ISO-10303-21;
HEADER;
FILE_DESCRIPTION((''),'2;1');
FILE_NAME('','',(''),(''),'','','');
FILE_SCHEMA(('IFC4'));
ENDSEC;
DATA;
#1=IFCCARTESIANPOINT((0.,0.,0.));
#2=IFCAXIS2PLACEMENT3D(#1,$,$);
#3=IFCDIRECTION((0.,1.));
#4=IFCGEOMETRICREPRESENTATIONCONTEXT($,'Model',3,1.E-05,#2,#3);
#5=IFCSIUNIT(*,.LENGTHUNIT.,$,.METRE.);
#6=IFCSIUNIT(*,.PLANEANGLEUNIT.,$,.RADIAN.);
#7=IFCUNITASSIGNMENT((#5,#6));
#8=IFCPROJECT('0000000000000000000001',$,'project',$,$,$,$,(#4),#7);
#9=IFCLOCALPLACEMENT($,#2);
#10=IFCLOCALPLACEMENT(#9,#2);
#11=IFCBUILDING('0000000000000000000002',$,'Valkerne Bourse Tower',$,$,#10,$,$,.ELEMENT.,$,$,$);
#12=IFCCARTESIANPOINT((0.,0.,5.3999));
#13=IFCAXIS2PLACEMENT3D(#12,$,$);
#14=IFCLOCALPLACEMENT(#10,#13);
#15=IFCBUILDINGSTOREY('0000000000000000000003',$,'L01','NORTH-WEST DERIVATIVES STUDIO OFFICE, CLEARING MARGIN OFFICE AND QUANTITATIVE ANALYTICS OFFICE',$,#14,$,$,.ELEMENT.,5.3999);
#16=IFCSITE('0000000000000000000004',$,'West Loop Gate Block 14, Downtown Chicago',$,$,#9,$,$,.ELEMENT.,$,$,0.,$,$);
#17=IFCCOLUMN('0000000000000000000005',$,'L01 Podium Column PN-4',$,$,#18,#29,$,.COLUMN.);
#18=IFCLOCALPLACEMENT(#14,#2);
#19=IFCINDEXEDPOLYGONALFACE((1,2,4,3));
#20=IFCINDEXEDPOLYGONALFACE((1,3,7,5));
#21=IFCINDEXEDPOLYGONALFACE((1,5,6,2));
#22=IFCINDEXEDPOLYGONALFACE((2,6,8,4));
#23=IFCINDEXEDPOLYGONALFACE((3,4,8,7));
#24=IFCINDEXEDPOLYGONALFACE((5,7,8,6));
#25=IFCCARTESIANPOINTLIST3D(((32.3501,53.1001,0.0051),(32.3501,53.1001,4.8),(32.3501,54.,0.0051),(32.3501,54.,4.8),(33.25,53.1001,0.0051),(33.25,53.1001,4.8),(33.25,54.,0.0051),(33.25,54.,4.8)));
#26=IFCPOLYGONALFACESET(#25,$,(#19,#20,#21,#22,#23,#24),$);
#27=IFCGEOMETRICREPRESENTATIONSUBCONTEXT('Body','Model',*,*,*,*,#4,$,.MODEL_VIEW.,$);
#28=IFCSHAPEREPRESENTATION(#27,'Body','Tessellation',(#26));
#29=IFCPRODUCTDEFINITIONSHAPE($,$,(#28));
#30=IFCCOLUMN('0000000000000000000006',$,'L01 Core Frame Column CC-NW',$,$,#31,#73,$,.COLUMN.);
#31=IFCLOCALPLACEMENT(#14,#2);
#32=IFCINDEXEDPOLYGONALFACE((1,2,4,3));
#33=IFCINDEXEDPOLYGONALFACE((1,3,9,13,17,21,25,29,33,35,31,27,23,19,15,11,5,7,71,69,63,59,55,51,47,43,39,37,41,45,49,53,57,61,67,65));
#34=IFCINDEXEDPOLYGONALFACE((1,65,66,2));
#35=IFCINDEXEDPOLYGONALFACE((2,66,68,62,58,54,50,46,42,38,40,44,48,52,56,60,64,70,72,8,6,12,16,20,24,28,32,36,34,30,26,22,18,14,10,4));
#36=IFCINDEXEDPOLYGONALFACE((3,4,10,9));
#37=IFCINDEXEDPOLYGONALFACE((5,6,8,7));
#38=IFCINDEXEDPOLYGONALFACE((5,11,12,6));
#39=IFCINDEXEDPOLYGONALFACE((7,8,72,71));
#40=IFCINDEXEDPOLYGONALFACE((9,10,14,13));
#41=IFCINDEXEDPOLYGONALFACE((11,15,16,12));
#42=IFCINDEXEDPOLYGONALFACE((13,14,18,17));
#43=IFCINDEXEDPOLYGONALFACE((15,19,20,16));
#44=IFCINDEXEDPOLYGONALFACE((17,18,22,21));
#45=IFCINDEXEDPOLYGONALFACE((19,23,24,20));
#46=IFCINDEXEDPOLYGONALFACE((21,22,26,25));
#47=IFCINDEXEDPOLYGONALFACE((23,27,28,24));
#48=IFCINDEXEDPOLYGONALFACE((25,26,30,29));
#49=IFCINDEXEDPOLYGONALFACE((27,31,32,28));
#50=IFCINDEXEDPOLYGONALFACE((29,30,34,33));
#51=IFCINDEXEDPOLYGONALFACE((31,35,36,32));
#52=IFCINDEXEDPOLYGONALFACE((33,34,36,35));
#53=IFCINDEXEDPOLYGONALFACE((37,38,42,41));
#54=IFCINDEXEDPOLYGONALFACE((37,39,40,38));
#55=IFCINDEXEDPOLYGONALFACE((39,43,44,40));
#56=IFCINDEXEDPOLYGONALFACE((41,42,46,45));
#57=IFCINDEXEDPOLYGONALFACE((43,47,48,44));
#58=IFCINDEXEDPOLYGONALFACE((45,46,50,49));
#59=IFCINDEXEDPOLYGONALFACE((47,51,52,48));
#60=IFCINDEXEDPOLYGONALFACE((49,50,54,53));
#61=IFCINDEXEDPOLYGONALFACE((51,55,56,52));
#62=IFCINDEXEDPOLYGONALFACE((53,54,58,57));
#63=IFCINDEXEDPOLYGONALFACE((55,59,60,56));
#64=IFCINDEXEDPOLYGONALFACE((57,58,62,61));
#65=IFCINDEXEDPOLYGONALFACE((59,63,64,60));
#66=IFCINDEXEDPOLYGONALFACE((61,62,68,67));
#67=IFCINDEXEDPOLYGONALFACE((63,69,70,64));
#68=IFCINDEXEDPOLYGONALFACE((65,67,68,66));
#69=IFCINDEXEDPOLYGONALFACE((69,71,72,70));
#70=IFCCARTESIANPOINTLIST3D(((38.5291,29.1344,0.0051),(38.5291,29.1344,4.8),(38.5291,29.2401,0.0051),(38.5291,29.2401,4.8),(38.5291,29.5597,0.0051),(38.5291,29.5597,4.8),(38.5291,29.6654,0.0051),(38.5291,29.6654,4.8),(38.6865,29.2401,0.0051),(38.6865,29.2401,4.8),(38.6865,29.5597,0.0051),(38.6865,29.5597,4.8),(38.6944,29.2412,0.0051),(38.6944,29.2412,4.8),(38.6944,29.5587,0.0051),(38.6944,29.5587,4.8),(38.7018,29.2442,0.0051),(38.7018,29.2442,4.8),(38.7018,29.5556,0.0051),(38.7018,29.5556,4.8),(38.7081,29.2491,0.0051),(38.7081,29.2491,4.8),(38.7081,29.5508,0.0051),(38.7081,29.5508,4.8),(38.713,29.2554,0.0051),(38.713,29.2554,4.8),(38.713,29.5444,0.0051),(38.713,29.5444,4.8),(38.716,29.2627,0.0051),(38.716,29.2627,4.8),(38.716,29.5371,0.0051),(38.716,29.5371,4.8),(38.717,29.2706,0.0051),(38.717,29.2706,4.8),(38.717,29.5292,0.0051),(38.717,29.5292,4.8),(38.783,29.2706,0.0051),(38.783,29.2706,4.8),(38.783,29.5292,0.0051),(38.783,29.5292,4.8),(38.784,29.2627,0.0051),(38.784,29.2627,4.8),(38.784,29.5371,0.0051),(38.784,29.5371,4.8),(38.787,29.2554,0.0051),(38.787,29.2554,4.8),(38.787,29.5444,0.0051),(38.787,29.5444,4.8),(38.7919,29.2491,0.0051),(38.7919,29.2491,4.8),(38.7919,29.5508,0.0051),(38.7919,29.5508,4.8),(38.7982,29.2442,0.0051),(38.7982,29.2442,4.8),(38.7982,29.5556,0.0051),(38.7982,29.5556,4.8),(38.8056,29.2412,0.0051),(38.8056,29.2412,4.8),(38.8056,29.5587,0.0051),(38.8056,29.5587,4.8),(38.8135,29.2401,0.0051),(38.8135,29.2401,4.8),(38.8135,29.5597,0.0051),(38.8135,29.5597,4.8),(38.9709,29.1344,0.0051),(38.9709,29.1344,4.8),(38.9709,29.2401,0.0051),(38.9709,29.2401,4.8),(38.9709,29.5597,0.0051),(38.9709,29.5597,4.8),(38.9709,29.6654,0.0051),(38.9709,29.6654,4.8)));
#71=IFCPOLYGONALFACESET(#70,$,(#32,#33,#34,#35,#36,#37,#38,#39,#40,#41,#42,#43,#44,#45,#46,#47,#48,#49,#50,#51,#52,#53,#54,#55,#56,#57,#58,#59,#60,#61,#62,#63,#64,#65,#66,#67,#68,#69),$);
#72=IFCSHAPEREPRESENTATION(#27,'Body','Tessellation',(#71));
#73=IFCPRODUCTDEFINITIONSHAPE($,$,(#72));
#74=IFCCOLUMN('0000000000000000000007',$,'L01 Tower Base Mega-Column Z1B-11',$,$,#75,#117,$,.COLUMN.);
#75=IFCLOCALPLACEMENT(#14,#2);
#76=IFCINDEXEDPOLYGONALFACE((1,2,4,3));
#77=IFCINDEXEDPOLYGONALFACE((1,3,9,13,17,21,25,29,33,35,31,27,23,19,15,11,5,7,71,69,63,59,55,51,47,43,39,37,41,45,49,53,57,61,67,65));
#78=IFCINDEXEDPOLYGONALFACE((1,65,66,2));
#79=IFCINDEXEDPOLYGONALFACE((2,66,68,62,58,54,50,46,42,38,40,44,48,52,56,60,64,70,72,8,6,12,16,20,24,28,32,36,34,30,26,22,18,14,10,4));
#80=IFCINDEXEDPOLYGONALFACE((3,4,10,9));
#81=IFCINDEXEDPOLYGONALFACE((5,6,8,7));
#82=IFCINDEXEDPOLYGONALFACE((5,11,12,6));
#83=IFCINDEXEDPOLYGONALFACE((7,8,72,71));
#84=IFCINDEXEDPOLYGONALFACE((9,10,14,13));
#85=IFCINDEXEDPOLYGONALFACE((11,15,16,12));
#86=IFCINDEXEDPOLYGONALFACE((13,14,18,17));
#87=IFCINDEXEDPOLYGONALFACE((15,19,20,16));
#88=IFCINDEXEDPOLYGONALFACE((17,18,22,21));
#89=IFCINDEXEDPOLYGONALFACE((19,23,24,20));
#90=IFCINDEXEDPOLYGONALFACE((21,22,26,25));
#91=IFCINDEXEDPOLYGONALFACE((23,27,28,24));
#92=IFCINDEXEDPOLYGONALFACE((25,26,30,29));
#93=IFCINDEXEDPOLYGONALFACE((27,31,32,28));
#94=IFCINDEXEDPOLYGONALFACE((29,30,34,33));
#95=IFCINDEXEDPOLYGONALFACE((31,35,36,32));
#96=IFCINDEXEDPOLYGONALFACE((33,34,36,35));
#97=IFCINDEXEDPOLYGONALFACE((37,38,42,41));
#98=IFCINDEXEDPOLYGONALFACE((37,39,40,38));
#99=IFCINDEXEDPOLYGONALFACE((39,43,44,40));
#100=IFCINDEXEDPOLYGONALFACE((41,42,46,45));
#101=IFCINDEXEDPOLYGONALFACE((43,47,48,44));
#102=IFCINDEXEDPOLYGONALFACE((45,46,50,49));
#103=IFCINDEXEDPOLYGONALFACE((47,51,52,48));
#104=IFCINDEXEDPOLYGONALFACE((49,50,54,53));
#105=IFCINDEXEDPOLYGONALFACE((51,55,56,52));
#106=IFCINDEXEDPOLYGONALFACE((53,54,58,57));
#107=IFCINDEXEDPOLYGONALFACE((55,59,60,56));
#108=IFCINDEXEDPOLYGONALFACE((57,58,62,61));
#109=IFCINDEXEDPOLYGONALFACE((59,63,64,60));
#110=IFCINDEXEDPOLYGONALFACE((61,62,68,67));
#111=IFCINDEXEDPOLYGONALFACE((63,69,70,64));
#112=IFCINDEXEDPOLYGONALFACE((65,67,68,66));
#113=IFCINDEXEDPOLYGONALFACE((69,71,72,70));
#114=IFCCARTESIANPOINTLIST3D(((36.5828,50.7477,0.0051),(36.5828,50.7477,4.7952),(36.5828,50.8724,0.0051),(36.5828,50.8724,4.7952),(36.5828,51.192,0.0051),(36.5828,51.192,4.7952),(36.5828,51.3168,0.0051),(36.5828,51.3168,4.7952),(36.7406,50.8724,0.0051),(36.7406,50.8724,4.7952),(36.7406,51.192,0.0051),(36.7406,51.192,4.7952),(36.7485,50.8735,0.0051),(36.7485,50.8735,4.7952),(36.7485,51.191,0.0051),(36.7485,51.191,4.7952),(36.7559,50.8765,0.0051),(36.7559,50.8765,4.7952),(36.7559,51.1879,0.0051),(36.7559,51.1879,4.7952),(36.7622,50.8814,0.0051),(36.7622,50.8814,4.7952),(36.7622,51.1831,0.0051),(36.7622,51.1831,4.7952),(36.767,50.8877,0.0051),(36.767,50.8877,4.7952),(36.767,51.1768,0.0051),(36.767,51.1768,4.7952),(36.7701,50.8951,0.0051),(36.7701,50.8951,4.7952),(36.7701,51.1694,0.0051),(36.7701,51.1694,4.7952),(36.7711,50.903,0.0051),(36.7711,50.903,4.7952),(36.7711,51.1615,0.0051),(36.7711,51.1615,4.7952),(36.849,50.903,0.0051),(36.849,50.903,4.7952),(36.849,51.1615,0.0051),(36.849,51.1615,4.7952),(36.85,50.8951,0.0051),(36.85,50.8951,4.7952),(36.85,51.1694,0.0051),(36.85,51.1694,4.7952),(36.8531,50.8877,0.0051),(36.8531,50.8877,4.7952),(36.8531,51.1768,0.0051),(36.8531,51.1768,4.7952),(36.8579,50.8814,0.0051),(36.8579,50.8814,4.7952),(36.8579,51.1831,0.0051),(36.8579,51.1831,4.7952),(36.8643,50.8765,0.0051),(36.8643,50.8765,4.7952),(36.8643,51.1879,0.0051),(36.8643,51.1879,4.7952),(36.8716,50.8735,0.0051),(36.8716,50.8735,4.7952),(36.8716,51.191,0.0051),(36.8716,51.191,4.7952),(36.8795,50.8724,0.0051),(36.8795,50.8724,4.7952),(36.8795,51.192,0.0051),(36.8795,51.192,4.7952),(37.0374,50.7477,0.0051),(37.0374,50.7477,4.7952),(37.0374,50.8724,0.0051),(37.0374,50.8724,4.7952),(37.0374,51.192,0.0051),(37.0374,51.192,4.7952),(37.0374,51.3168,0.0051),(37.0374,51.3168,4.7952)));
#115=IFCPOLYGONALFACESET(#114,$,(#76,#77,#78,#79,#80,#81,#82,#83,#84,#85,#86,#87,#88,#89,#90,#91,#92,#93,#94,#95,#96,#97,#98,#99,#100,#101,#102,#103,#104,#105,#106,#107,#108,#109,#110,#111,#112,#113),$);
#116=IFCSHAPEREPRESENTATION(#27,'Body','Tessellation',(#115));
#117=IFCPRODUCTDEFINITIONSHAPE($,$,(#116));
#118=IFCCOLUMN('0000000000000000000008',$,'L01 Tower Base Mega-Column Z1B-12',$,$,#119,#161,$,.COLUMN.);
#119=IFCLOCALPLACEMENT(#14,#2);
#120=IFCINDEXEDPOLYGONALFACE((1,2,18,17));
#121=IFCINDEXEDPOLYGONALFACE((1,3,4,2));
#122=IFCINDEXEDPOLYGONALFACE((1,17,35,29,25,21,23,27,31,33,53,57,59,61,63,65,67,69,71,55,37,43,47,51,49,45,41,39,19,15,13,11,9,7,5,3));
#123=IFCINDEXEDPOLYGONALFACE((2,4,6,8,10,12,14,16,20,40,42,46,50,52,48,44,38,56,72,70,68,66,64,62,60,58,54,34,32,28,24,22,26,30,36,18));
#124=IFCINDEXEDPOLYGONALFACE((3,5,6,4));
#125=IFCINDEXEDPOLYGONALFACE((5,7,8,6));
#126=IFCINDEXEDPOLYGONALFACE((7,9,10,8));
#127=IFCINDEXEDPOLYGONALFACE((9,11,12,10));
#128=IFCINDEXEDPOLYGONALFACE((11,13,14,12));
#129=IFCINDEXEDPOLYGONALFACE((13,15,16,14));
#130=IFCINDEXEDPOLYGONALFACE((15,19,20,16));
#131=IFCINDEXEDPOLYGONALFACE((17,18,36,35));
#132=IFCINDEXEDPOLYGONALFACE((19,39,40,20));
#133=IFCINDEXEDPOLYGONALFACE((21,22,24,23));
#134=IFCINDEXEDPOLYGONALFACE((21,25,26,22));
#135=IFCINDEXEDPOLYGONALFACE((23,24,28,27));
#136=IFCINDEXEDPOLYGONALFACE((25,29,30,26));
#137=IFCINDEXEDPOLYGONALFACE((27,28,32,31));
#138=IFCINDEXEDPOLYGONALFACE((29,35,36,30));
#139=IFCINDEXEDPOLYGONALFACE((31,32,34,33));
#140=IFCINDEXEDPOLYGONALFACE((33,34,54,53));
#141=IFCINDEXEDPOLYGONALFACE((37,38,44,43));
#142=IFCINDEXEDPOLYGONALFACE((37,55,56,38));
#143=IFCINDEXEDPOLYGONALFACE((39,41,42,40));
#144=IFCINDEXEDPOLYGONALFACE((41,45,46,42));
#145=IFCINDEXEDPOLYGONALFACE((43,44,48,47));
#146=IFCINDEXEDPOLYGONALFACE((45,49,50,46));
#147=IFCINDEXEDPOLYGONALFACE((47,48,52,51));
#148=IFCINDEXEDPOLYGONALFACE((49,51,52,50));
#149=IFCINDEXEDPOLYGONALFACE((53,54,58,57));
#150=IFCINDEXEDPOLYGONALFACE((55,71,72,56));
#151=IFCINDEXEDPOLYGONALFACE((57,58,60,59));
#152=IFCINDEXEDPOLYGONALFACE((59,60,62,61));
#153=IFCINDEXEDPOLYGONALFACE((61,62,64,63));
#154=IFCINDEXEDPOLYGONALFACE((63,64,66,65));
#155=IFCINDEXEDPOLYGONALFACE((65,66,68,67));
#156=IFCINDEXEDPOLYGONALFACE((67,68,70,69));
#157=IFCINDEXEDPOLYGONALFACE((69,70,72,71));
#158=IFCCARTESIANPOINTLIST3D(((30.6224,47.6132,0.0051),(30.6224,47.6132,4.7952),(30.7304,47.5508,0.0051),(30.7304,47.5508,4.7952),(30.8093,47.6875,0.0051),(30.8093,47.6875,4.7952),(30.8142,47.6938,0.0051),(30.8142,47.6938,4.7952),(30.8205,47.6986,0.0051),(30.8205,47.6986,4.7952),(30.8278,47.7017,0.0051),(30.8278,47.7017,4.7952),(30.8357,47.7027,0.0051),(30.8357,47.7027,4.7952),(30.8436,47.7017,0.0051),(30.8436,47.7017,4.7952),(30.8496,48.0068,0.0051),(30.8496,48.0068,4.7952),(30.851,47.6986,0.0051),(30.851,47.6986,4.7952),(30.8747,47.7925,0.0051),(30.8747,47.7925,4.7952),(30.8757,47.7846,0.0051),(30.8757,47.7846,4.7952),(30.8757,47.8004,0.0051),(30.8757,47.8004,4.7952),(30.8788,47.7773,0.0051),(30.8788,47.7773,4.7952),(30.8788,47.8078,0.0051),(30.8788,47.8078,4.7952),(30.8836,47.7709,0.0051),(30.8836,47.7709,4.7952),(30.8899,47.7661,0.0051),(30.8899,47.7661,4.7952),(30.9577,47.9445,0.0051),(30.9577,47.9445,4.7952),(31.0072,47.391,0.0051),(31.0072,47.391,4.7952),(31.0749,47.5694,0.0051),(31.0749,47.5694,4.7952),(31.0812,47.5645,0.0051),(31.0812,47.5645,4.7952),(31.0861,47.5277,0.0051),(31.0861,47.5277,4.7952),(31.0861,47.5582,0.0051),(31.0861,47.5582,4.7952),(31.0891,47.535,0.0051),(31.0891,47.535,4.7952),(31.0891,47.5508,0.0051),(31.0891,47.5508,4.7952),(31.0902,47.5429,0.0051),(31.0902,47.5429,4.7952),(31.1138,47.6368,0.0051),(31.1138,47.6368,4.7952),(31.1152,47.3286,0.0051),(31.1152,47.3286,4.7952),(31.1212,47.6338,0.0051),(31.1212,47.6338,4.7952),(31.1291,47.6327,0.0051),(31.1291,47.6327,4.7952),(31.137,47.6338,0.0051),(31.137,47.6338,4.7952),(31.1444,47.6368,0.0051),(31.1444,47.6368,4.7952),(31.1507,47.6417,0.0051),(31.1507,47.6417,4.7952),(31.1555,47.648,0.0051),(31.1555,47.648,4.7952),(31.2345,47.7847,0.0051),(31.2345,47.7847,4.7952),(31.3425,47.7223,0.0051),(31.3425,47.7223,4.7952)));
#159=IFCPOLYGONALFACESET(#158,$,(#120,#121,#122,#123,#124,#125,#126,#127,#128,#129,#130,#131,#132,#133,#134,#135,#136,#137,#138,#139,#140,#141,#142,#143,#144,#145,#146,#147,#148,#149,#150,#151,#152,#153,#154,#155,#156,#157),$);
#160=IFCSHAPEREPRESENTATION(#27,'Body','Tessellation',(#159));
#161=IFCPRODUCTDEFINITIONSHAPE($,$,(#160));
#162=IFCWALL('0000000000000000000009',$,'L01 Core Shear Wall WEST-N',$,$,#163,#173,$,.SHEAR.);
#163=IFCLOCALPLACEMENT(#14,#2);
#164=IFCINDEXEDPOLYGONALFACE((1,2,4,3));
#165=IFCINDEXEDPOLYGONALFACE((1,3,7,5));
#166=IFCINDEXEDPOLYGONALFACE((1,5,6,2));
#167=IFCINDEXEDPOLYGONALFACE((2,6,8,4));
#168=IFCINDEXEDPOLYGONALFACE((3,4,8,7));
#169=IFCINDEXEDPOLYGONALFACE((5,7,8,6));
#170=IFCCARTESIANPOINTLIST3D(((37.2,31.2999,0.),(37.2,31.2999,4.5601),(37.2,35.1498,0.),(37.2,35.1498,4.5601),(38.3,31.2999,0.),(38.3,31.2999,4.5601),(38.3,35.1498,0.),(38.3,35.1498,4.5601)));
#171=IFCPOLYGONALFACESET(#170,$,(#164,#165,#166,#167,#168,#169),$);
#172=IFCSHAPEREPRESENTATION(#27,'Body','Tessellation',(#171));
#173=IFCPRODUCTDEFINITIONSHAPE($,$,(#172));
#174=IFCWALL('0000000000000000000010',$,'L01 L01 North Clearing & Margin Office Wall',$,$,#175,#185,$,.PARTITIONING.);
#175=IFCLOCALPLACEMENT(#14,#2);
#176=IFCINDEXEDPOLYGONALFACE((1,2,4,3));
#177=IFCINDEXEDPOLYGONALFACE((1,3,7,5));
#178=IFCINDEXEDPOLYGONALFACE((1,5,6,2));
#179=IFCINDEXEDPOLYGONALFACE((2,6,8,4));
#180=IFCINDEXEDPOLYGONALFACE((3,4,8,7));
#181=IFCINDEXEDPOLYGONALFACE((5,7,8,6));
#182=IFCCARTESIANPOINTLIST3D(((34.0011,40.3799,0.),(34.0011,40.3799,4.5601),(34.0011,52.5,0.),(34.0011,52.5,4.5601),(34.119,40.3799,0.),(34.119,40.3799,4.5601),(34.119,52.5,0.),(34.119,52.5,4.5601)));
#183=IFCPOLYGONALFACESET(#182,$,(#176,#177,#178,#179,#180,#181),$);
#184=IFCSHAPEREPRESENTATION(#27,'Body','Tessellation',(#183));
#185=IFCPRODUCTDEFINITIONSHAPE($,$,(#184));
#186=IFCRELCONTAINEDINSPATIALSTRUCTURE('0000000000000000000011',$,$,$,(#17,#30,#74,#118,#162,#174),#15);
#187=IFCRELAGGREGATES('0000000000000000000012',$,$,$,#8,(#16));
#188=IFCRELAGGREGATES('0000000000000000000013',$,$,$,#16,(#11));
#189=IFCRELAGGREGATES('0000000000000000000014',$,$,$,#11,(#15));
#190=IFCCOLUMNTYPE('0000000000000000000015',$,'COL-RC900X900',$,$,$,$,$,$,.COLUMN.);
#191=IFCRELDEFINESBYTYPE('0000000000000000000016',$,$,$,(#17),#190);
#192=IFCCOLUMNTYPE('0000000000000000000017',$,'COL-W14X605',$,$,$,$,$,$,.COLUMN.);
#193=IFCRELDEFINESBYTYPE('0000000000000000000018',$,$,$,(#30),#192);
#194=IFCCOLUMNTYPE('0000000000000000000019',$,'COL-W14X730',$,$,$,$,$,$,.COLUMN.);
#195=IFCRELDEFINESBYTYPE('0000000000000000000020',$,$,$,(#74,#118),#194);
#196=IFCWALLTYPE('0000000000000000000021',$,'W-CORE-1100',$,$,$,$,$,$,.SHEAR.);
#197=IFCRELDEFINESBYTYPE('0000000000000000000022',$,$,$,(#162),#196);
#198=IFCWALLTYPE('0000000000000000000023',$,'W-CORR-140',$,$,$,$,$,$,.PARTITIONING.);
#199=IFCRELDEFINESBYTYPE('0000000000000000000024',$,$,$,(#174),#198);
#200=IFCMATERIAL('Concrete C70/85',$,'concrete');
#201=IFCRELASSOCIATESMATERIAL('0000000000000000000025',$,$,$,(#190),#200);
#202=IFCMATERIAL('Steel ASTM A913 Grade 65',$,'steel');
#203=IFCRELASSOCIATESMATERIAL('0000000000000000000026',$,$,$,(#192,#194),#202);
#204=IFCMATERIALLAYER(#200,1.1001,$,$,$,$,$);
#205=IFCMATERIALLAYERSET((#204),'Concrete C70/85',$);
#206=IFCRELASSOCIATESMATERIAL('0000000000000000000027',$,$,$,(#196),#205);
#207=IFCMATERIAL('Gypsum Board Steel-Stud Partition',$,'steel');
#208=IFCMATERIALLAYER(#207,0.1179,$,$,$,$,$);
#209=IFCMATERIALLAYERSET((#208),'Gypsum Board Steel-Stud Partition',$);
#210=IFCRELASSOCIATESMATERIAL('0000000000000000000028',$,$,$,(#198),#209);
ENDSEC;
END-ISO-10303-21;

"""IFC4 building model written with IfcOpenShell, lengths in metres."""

from ifc_helpers import new_model, si_unit, direction, frame, frame_2d, origin, origin_2d, place, context, subcontext, project, spatial, rectangle, i_section, extrude, material, layer, layer_set, material_profile, profile_set, type_object, element, save


model = new_model("IFC4")

# Units and contexts
model_context = context("Model", 3, precision=1e-05, world=origin(), true_north=direction((0.0, 1.0)))
body_context = subcontext(model_context, "Body", "Model", "MODEL_VIEW")
ifc_project = project(units=[si_unit("LENGTHUNIT", "METRE"), si_unit("PLANEANGLEUNIT", "RADIAN")], contexts=[model_context])

# Site, building, storey
site_placement = place(None, origin())
site = spatial("IfcSite", under=ifc_project, at=site_placement, Name="West Loop Gate Block 14, Downtown Chicago", CompositionType="ELEMENT", RefElevation=0.0)
building_placement = place(site_placement, origin())
building = spatial("IfcBuilding", under=site, at=building_placement, Name="Valkerne Bourse Tower", CompositionType="ELEMENT")
storey_placement = place(building_placement, frame((0.0, 0.0, 5.3999)))
storey = spatial("IfcBuildingStorey", under=building, at=storey_placement, Name="L01", Description="NORTH-WEST DERIVATIVES STUDIO OFFICE, CLEARING MARGIN OFFICE AND QUANTITATIVE ANALYTICS OFFICE", CompositionType="ELEMENT", Elevation=5.3999)

# Columns
ifc_material_1 = material(Name="Concrete C70/85", Category="concrete")
ifc_material_profile_1 = material_profile(ifc_material_1, rectangle(XDim=0.8999, YDim=0.8999, at=origin_2d()), Name="RC900X900")
ifc_profile_set_1 = profile_set([ifc_material_profile_1], Name="Concrete C70/85")
column_type_1 = type_object("IfcColumnType", Name="COL-RC900X900", PredefinedType="COLUMN", material=ifc_profile_set_1)
column_1_placement = place(storey_placement, frame((32.8, 53.55, 0.0051), z_axis=(0.0, 0.0, 1.0), x_axis=(1.0, 0.0, 0.0)))
element("IfcColumn", 1, at=column_1_placement, inside=storey, type_object=column_type_1, Name="L01 Podium Column PN-4", PredefinedType="COLUMN", context=body_context, shape_type="SweptSolid", body=[
    extrude(rectangle(XDim=0.8999, YDim=0.8999, at=origin_2d()), origin(), (0.0, 0.0, 1.0), 4.7949),
])
ifc_material_2 = material(Name="Steel ASTM A913 Grade 65", Category="steel")
ifc_material_profile_2 = material_profile(ifc_material_2, i_section(OverallWidth=0.4419, OverallDepth=0.531, WebThickness=0.0659, FlangeThickness=0.1057, FilletRadius=0.0305, at=origin_2d()), Name="W14X605")
ifc_profile_set_2 = profile_set([ifc_material_profile_2], Name="Steel ASTM A913 Grade 65")
column_type_2 = type_object("IfcColumnType", Name="COL-W14X605", PredefinedType="COLUMN", material=ifc_profile_set_2)
column_2_placement = place(storey_placement, frame((38.75, 29.3999, 0.0051), z_axis=(0.0, 0.0, 1.0), x_axis=(1.0, 0.0, 0.0)))
element("IfcColumn", 2, at=column_2_placement, inside=storey, type_object=column_type_2, Name="L01 Core Frame Column CC-NW", PredefinedType="COLUMN", context=body_context, shape_type="SweptSolid", body=[
    extrude(i_section(OverallWidth=0.4419, OverallDepth=0.531, WebThickness=0.0659, FlangeThickness=0.1057, FilletRadius=0.0305, at=origin_2d()), origin(), (0.0, 0.0, 1.0), 4.7949),
])
ifc_material_profile_3 = material_profile(ifc_material_2, i_section(OverallWidth=0.4546, OverallDepth=0.5691, WebThickness=0.0779, FlangeThickness=0.1248, FilletRadius=0.0305, at=origin_2d()), Name="W14X730")
ifc_profile_set_3 = profile_set([ifc_material_profile_3], Name="Steel ASTM A913 Grade 65")
column_type_3 = type_object("IfcColumnType", Name="COL-W14X730", PredefinedType="COLUMN", material=ifc_profile_set_3)
for number, where, z_axis, x_axis, name in (
    (3, (36.8101, 51.0322, 0.0051), (0.0, 0.0, 1.0), (-1.0, 0.0, 0.0), "L01 Tower Base Mega-Column Z1B-11"),
    (4, (30.9824, 47.6677, 0.0051), (0.0, 0.0, 1.0), (-0.5, -0.866025, 0.0), "L01 Tower Base Mega-Column Z1B-12"),
):
    element("IfcColumn", number, at=place(storey_placement, frame(where, z_axis=z_axis, x_axis=x_axis)), inside=storey, type_object=column_type_3, Name=name, PredefinedType="COLUMN", context=body_context, shape_type="SweptSolid", body=[
        extrude(i_section(OverallWidth=0.4546, OverallDepth=0.5691, WebThickness=0.0779, FlangeThickness=0.1248, FilletRadius=0.0305, at=origin_2d()), origin(), (0.0, 0.0, 1.0), 4.79),
    ])

# Shared definitions
ifc_layer_1 = layer(ifc_material_1, 1.1001)
ifc_layer_set_1 = layer_set([ifc_layer_1], Name="Concrete C70/85")
wall_type_1 = type_object("IfcWallType", Name="W-CORE-1100", PredefinedType="SHEAR", material=ifc_layer_set_1)

# Walls
wall_1_placement = place(storey_placement, frame((37.75, 31.3, 0.0), z_axis=(0.0, 0.0, 1.0), x_axis=(0.0, 1.0, 0.0)))
element("IfcWall", 5, at=wall_1_placement, inside=storey, type_object=wall_type_1, Name="L01 Core Shear Wall WEST-N", PredefinedType="SHEAR", context=body_context, shape_type="SweptSolid", body=[
    extrude(rectangle(XDim=3.8499, YDim=1.1001, at=frame_2d((1.9248, 0.0))), origin(), (0.0, 0.0, 1.0), 4.5601),
])
ifc_material_3 = material(Name="Gypsum Board Steel-Stud Partition", Category="steel")
ifc_layer_2 = layer(ifc_material_3, 0.1179)
ifc_layer_set_2 = layer_set([ifc_layer_2], Name="Gypsum Board Steel-Stud Partition")
wall_type_2 = type_object("IfcWallType", Name="W-CORR-140", PredefinedType="PARTITIONING", material=ifc_layer_set_2)
wall_2_placement = place(storey_placement, frame((34.0601, 40.3799, 0.0), z_axis=(0.0, 0.0, 1.0), x_axis=(0.0, 1.0, 0.0)))
element("IfcWall", 6, at=wall_2_placement, inside=storey, type_object=wall_type_2, Name="L01 L01 North Clearing & Margin Office Wall", PredefinedType="PARTITIONING", context=body_context, shape_type="SweptSolid", body=[
    extrude(rectangle(XDim=12.1201, YDim=0.1179, at=frame_2d((6.0601, 0.0))), origin(), (0.0, 0.0, 1.0), 4.5601),
])

save(model, "model.ifc")
